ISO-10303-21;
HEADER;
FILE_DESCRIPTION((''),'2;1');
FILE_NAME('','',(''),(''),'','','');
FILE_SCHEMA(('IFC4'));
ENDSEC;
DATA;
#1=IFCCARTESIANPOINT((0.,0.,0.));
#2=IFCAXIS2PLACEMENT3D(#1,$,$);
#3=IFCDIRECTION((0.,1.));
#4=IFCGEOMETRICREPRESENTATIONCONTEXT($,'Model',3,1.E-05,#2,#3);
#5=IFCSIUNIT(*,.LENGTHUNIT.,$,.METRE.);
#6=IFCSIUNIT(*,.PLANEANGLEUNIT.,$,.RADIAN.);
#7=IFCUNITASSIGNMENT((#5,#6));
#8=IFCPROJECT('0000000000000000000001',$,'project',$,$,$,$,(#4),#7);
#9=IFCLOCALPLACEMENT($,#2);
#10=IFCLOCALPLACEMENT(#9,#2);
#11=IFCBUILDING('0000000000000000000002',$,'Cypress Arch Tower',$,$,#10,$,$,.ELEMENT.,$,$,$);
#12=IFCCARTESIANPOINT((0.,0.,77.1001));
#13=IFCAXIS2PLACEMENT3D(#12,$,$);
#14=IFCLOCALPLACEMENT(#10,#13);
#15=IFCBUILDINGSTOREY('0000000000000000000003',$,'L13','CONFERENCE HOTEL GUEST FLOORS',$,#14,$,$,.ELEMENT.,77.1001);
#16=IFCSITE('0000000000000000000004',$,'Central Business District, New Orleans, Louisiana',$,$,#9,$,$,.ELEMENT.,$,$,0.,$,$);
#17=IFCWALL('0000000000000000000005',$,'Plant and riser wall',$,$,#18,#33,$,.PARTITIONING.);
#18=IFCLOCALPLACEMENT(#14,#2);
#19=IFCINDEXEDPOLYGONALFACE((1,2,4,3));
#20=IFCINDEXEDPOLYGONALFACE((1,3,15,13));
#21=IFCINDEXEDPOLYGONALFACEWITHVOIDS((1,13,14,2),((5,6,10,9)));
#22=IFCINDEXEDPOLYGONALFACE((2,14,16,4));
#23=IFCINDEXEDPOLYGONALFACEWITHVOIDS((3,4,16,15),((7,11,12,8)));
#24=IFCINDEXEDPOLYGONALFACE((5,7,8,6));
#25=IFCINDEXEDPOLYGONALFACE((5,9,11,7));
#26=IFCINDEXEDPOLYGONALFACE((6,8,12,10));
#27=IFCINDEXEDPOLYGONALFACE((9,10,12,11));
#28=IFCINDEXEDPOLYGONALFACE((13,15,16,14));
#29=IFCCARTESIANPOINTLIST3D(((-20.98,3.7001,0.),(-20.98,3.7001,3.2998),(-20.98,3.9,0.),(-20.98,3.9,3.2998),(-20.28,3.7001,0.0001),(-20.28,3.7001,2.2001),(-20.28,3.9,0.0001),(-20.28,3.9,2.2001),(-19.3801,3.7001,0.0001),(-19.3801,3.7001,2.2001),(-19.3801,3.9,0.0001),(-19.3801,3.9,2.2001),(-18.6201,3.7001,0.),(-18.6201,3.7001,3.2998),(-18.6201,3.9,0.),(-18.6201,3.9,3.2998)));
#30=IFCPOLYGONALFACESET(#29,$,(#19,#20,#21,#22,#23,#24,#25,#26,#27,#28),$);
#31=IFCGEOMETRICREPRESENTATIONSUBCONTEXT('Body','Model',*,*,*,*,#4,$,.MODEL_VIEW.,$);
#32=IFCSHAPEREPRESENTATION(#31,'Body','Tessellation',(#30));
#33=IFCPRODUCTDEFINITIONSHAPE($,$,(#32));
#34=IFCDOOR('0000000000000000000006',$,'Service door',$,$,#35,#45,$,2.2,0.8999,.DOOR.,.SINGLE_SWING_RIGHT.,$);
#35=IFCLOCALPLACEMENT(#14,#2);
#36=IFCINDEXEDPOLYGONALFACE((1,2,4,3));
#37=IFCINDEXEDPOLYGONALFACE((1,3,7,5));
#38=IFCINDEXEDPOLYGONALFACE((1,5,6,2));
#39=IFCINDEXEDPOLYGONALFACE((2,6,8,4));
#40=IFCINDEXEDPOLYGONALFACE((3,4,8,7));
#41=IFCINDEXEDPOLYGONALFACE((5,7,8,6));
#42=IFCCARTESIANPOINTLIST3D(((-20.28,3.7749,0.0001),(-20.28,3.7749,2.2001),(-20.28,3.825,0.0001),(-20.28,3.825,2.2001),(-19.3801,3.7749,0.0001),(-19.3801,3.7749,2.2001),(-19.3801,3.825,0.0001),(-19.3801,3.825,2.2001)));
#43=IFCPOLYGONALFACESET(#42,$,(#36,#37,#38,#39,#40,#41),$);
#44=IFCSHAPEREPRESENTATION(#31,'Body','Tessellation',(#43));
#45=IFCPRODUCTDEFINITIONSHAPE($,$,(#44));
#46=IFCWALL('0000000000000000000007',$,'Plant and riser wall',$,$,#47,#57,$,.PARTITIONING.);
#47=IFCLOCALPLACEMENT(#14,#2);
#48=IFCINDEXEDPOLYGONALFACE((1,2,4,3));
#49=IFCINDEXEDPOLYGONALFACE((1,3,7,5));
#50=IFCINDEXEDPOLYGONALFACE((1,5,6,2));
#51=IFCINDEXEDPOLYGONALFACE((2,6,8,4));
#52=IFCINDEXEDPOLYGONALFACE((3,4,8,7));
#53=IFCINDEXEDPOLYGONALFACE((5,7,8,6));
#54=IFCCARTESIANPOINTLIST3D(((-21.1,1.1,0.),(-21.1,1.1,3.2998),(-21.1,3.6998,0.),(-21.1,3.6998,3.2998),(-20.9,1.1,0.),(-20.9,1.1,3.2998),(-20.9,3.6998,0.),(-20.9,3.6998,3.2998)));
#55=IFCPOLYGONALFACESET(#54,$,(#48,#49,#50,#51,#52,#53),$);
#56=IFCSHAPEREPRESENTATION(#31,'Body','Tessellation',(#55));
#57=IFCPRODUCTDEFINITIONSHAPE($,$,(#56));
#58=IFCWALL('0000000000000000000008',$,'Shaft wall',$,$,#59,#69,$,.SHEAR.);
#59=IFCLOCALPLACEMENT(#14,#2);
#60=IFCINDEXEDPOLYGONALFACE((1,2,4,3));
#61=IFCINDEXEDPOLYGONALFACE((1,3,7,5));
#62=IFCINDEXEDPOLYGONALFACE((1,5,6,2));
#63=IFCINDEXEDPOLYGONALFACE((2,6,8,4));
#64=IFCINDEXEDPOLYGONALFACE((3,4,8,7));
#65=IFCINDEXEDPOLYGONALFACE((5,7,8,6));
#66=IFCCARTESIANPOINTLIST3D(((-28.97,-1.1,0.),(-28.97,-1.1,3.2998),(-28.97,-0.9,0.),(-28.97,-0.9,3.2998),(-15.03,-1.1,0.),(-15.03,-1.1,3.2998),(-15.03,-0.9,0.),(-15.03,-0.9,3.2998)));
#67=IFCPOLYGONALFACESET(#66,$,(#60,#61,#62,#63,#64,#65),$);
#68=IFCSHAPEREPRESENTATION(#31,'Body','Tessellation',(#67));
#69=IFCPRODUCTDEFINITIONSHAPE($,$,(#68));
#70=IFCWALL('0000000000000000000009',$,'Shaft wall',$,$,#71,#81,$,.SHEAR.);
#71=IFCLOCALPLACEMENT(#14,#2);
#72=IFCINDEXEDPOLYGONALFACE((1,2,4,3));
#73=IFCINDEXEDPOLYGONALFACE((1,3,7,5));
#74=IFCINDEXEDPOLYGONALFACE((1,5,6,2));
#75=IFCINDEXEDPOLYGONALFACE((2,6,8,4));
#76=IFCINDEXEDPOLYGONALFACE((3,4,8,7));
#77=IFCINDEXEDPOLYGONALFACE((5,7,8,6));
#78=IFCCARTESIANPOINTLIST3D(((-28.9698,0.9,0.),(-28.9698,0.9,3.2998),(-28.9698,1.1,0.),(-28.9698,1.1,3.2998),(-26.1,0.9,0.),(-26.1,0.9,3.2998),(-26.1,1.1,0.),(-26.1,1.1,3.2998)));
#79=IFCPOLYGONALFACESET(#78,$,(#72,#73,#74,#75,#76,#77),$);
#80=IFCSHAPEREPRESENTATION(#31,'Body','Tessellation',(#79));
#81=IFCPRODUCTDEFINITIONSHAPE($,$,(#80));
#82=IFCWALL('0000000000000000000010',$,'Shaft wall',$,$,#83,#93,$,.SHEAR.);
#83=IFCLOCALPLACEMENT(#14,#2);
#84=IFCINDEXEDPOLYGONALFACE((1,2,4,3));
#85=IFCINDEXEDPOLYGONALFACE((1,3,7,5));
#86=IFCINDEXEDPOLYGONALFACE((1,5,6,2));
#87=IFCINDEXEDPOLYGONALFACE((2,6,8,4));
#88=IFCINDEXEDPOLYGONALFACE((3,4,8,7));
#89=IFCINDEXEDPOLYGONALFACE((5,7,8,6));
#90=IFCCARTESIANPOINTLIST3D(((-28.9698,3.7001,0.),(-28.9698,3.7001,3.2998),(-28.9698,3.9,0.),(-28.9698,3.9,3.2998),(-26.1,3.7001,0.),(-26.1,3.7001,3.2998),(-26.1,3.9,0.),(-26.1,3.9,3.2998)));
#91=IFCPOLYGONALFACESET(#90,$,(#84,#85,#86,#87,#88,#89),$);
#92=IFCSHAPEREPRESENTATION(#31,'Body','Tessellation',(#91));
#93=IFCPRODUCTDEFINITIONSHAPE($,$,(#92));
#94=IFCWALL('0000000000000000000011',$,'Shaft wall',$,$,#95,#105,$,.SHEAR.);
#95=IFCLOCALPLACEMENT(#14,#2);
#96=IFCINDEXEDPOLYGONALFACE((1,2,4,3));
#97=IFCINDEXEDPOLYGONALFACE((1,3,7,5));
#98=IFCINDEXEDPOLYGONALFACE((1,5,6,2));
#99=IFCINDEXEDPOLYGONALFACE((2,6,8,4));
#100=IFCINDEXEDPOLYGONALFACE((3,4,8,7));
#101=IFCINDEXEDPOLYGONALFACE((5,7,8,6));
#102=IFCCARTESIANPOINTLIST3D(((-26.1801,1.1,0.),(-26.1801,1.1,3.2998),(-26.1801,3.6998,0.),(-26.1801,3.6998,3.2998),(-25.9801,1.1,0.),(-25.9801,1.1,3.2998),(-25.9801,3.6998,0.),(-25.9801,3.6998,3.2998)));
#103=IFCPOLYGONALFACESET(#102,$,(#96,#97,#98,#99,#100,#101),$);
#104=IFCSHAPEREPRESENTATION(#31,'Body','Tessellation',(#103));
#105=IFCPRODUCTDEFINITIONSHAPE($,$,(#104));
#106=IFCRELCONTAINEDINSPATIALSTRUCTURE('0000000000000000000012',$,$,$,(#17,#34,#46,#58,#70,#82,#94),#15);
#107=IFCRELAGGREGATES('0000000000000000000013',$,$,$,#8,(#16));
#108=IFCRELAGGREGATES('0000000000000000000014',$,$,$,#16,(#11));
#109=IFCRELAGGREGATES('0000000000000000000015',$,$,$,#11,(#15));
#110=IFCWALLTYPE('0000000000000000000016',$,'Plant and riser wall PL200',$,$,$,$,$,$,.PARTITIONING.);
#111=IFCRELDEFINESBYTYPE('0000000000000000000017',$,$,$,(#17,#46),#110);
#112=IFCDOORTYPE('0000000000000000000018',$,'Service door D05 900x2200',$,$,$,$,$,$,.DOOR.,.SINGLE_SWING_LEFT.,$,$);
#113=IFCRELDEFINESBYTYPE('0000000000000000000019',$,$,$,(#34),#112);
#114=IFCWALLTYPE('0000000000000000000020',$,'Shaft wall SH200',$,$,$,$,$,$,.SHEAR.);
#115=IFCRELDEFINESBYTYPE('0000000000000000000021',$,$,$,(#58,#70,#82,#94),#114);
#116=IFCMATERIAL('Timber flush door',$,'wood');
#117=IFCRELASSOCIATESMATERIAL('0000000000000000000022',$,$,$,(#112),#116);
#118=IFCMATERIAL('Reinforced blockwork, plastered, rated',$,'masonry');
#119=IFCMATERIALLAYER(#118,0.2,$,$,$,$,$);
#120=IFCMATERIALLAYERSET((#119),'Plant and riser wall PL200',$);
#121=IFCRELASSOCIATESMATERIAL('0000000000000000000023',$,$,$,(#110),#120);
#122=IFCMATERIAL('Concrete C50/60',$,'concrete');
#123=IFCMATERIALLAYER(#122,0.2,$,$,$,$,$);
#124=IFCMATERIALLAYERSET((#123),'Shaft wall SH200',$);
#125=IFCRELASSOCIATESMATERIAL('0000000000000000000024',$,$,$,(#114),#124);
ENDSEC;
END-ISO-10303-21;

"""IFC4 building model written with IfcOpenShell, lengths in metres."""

from ifc_helpers import new_model, si_unit, direction, frame, frame_2d, origin, place, context, subcontext, project, spatial, rectangle, extrude, material, layer, layer_set, type_object, element, fill, save


model = new_model("IFC4")

# Units and contexts
model_context = context("Model", 3, precision=1e-05, world=origin(), true_north=direction((0.0, 1.0)))
body_context = subcontext(model_context, "Body", "Model", "MODEL_VIEW")
ifc_project = project(units=[si_unit("LENGTHUNIT", "METRE"), si_unit("PLANEANGLEUNIT", "RADIAN")], contexts=[model_context])

# Site, building, storey
site_placement = place(None, origin())
site = spatial("IfcSite", under=ifc_project, at=site_placement, Name="Central Business District, New Orleans, Louisiana", CompositionType="ELEMENT", RefElevation=0.0)
building_placement = place(site_placement, origin())
building = spatial("IfcBuilding", under=site, at=building_placement, Name="Cypress Arch Tower", CompositionType="ELEMENT")
storey_placement = place(building_placement, frame((0.0, 0.0, 77.1001)))
storey = spatial("IfcBuildingStorey", under=building, at=storey_placement, Name="L13", Description="CONFERENCE HOTEL GUEST FLOORS", CompositionType="ELEMENT", Elevation=77.1001)

# Shared definitions
ifc_material_1 = material(Name="Timber flush door", Category="wood")
door_type = type_object("IfcDoorType", Name="Service door D05 900x2200", OperationType="SINGLE_SWING_LEFT", PredefinedType="DOOR", material=ifc_material_1)

# Shared definitions
ifc_material_2 = material(Name="Reinforced blockwork, plastered, rated", Category="masonry")
ifc_layer_1 = layer(ifc_material_2, 0.2)
ifc_layer_set_1 = layer_set([ifc_layer_1], Name="Plant and riser wall PL200")
wall_type_1 = type_object("IfcWallType", Name="Plant and riser wall PL200", PredefinedType="PARTITIONING", material=ifc_layer_set_1)

# Wall, opening, door
wall_1_placement = place(storey_placement, frame((-20.98, 3.8, 0.0), z_axis=(0.0, 0.0, 1.0), x_axis=(1.0, 0.0, 0.0)))
wall_1 = element("IfcWall", 1, at=wall_1_placement, inside=storey, type_object=wall_type_1, Name="Plant and riser wall", PredefinedType="PARTITIONING", context=body_context, shape_type="SweptSolid", body=[
    extrude(rectangle(XDim=2.3599, YDim=0.2, at=frame_2d((1.1799, 0.0))), origin(), (0.0, 0.0, 1.0), 3.2998),
])
opening_1_placement = place(wall_1_placement, frame((0.7, 0.0, 0.0)))
opening_1 = element("IfcOpeningElement", 2, at=opening_1_placement, cuts=wall_1, PredefinedType="OPENING", context=body_context, shape_type="SweptSolid", body=[
    extrude(rectangle(XDim=0.8999, YDim=2.2, at=frame_2d((0.45, 1.1001))), frame((0.0, 0.1099, 0.0), z_axis=(0.0, -1.0, 0.0), x_axis=(1.0, 0.0, 0.0)), (0.0, 0.0, 1.0), 0.22),
])
door_1_placement = place(opening_1_placement, origin())
door_1 = element("IfcDoor", 3, at=door_1_placement, inside=storey, type_object=door_type, Name="Service door", OperationType="SINGLE_SWING_RIGHT", OverallHeight=2.2, OverallWidth=0.8999, PredefinedType="DOOR", context=body_context, shape_type="SweptSolid", body=[
    extrude(rectangle(XDim=0.8999, YDim=2.2, at=frame_2d((0.45, 1.1001))), frame((0.0, 0.0249, 0.0), z_axis=(0.0, -1.0, 0.0), x_axis=(1.0, 0.0, 0.0)), (0.0, 0.0, 1.0), 0.05),
])
fill(opening_1, door_1)

# Walls
wall_2_placement = place(storey_placement, frame((-21.0, 1.1001, 0.0), z_axis=(0.0, 0.0, 1.0), x_axis=(0.0, 1.0, 0.0)))
element("IfcWall", 4, at=wall_2_placement, inside=storey, type_object=wall_type_1, Name="Plant and riser wall", PredefinedType="PARTITIONING", context=body_context, shape_type="SweptSolid", body=[
    extrude(rectangle(XDim=2.5999, YDim=0.2, at=frame_2d((1.2998, 0.0))), origin(), (0.0, 0.0, 1.0), 3.2998),
])
ifc_material_3 = material(Name="Concrete C50/60", Category="concrete")
ifc_layer_2 = layer(ifc_material_3, 0.2)
ifc_layer_set_2 = layer_set([ifc_layer_2], Name="Shaft wall SH200")
wall_type_2 = type_object("IfcWallType", Name="Shaft wall SH200", PredefinedType="SHEAR", material=ifc_layer_set_2)
wall_3_placement = place(storey_placement, frame((-28.97, -1.0, 0.0), z_axis=(0.0, 0.0, 1.0), x_axis=(1.0, 0.0, 0.0)))
element("IfcWall", 5, at=wall_3_placement, inside=storey, type_object=wall_type_2, Name="Shaft wall", PredefinedType="SHEAR", context=body_context, shape_type="SweptSolid", body=[
    extrude(rectangle(XDim=13.9399, YDim=0.2, at=frame_2d((6.97, 0.0))), origin(), (0.0, 0.0, 1.0), 3.2998),
])
for number, where, z_axis, x_axis, name in (
    (6, (-28.97, 1.0, 0.0), (0.0, 0.0, 1.0), (1.0, 0.0, 0.0), "Shaft wall"),
    (7, (-28.97, 3.8, 0.0), (0.0, 0.0, 1.0), (1.0, 0.0, 0.0), "Shaft wall"),
):
    element("IfcWall", number, at=place(storey_placement, frame(where, z_axis=z_axis, x_axis=x_axis)), inside=storey, type_object=wall_type_2, Name=name, PredefinedType="SHEAR", context=body_context, shape_type="SweptSolid", body=[
        extrude(rectangle(XDim=2.8699, YDim=0.2, at=frame_2d((1.4351, 0.0))), origin(), (0.0, 0.0, 1.0), 3.2998),
    ])
wall_4_placement = place(storey_placement, frame((-26.0801, 1.1001, 0.0), z_axis=(0.0, 0.0, 1.0), x_axis=(0.0, 1.0, 0.0)))
element("IfcWall", 8, at=wall_4_placement, inside=storey, type_object=wall_type_2, Name="Shaft wall", PredefinedType="SHEAR", context=body_context, shape_type="SweptSolid", body=[
    extrude(rectangle(XDim=2.5999, YDim=0.2, at=frame_2d((1.2998, 0.0))), origin(), (0.0, 0.0, 1.0), 3.2998),
])

save(model, "model.ifc")
